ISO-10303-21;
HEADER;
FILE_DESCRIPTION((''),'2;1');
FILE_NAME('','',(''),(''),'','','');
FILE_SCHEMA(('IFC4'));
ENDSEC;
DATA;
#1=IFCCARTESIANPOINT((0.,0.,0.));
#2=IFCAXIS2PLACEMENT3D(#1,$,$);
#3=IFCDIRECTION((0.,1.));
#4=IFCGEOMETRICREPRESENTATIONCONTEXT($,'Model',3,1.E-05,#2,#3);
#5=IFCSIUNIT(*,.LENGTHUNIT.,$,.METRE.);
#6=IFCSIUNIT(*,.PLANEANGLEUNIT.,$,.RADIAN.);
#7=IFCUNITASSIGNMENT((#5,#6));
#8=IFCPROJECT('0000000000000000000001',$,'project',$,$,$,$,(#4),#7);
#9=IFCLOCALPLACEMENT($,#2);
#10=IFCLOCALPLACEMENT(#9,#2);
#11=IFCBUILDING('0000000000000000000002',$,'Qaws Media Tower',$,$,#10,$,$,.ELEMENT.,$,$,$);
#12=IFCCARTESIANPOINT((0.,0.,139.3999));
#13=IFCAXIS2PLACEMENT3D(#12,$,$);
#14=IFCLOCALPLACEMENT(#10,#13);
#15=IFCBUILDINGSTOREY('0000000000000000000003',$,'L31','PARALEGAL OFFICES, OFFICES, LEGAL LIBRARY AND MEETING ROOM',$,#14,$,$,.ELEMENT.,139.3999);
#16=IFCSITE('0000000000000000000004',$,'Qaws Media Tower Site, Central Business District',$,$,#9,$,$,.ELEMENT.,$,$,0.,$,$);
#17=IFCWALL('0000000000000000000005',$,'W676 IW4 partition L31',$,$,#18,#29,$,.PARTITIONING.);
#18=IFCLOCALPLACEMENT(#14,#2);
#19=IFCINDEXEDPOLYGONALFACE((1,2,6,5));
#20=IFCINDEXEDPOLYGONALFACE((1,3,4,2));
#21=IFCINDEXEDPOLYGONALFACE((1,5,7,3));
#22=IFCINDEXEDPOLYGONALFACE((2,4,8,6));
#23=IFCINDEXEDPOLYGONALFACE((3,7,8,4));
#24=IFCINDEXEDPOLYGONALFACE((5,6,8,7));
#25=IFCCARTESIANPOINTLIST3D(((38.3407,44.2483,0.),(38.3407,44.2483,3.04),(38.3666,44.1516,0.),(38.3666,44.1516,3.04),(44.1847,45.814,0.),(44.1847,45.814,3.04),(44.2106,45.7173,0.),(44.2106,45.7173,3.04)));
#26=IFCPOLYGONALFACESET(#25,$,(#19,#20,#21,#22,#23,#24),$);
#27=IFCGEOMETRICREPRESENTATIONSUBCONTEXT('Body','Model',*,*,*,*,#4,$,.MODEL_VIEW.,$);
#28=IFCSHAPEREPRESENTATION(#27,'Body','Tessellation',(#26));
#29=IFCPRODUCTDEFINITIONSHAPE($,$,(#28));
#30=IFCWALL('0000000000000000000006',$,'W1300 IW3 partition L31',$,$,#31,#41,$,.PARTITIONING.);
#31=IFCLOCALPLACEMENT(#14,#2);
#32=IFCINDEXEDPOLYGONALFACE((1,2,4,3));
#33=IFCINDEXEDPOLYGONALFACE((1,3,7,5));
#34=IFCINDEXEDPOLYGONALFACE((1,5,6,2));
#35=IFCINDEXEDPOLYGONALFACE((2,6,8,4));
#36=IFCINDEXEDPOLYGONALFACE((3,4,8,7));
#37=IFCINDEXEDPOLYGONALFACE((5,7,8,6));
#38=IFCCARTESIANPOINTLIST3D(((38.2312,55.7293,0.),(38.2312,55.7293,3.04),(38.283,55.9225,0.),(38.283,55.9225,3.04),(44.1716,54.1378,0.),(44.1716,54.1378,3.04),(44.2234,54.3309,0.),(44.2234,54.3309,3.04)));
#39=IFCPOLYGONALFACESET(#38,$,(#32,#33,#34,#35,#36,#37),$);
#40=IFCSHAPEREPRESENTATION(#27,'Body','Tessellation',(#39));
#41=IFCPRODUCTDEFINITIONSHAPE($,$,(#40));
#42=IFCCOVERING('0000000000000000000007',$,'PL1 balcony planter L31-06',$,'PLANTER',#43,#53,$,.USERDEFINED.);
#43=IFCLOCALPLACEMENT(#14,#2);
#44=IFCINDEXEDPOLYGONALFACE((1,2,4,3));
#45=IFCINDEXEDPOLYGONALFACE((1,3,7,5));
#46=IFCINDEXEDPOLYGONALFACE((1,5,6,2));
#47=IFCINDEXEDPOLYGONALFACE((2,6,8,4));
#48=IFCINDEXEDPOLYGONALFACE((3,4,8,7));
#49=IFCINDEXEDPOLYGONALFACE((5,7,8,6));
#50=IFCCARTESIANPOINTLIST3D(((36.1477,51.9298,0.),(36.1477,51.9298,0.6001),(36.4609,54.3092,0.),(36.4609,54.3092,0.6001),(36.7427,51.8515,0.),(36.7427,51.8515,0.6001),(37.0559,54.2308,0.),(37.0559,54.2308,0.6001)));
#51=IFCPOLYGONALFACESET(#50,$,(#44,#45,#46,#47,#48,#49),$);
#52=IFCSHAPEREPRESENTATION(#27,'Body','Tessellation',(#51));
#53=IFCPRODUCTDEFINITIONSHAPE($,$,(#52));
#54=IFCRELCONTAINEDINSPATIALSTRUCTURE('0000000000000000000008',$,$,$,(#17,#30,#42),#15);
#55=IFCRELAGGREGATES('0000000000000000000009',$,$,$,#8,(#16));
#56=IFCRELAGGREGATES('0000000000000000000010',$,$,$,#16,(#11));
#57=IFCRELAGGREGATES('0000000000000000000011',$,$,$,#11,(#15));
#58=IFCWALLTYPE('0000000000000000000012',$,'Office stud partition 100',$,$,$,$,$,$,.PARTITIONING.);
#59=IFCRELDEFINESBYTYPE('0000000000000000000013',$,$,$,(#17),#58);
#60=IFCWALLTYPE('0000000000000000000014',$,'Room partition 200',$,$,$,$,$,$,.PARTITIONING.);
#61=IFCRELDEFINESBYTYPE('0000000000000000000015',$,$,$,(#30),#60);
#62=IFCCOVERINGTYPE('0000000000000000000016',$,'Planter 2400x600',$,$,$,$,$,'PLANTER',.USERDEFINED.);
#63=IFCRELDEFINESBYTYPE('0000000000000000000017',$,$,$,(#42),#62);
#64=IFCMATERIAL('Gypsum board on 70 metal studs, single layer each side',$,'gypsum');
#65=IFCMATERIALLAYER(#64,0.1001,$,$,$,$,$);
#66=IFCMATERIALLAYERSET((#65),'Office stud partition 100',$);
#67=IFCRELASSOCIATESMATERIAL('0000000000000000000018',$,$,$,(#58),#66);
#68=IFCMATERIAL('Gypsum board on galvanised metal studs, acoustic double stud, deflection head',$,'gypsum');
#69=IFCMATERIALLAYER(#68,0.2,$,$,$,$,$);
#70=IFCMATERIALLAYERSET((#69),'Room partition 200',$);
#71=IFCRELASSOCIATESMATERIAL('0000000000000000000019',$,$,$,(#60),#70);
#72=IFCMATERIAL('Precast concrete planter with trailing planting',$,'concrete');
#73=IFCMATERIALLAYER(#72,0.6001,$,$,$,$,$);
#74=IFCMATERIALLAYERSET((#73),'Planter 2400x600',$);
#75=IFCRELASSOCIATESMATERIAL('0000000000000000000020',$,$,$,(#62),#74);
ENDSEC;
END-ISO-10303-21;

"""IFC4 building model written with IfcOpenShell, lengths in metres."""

from ifc_helpers import new_model, si_unit, direction, frame, frame_2d, origin, origin_2d, place, context, subcontext, project, spatial, rectangle, extrude, material, layer, layer_set, type_object, element, save


model = new_model("IFC4")

# Units and contexts
model_context = context("Model", 3, precision=1e-05, world=origin(), true_north=direction((0.0, 1.0)))
body_context = subcontext(model_context, "Body", "Model", "MODEL_VIEW")
ifc_project = project(units=[si_unit("LENGTHUNIT", "METRE"), si_unit("PLANEANGLEUNIT", "RADIAN")], contexts=[model_context])

# Site, building, storey
site_placement = place(None, origin())
site = spatial("IfcSite", under=ifc_project, at=site_placement, Name="Qaws Media Tower Site, Central Business District", CompositionType="ELEMENT", RefElevation=0.0)
building_placement = place(site_placement, origin())
building = spatial("IfcBuilding", under=site, at=building_placement, Name="Qaws Media Tower", CompositionType="ELEMENT")
storey_placement = place(building_placement, frame((0.0, 0.0, 139.3999)))
storey = spatial("IfcBuildingStorey", under=building, at=storey_placement, Name="L31", Description="PARALEGAL OFFICES, OFFICES, LEGAL LIBRARY AND MEETING ROOM", CompositionType="ELEMENT", Elevation=139.3999)

# Walls
ifc_material_1 = material(Name="Gypsum board on 70 metal studs, single layer each side", Category="gypsum")
ifc_layer_1 = layer(ifc_material_1, 0.1001)
ifc_layer_set_1 = layer_set([ifc_layer_1], Name="Office stud partition 100")
wall_type_1 = type_object("IfcWallType", Name="Office stud partition 100", PredefinedType="PARTITIONING", material=ifc_layer_set_1)
wall_1_placement = place(storey_placement, frame((44.1975, 45.7656, 0.0), z_axis=(0.0, 0.0, 1.0), x_axis=(-0.965935, -0.258785, 0.0)))
element("IfcWall", 1, at=wall_1_placement, inside=storey, type_object=wall_type_1, Name="W676 IW4 partition L31", PredefinedType="PARTITIONING", context=body_context, shape_type="SweptSolid", body=[
    extrude(rectangle(XDim=6.05, YDim=0.1001, at=frame_2d((3.0249, 0.0))), origin(), (0.0, 0.0, 1.0), 3.04),
])
ifc_material_2 = material(Name="Gypsum board on galvanised metal studs, acoustic double stud, deflection head", Category="gypsum")
ifc_layer_2 = layer(ifc_material_2, 0.2)
ifc_layer_set_2 = layer_set([ifc_layer_2], Name="Room partition 200")
wall_type_2 = type_object("IfcWallType", Name="Room partition 200", PredefinedType="PARTITIONING", material=ifc_layer_set_2)
wall_2_placement = place(storey_placement, frame((44.1975, 54.2344, 0.0), z_axis=(0.0, 0.0, 1.0), x_axis=(-0.965933, 0.258792, 0.0)))
element("IfcWall", 2, at=wall_2_placement, inside=storey, type_object=wall_type_2, Name="W1300 IW3 partition L31", PredefinedType="PARTITIONING", context=body_context, shape_type="SweptSolid", body=[
    extrude(rectangle(XDim=6.1499, YDim=0.2, at=frame_2d((3.075, 0.0))), origin(), (0.0, 0.0, 1.0), 3.04),
])

# Covering
ifc_material_3 = material(Name="Precast concrete planter with trailing planting", Category="concrete")
ifc_layer_3 = layer(ifc_material_3, 0.6001)
ifc_layer_set_3 = layer_set([ifc_layer_3], Name="Planter 2400x600")
covering_type = type_object("IfcCoveringType", Name="Planter 2400x600", ElementType="PLANTER", PredefinedType="USERDEFINED", material=ifc_layer_set_3)
covering_placement = place(storey_placement, frame((36.6018, 53.0803, 0.0), z_axis=(0.0, 0.0, 1.0), x_axis=(-0.130526, -0.991445, 0.0)))
element("IfcCovering", 3, at=covering_placement, inside=storey, type_object=covering_type, Name="PL1 balcony planter L31-06", ObjectType="PLANTER", PredefinedType="USERDEFINED", context=body_context, shape_type="SweptSolid", body=[
    extrude(rectangle(XDim=2.3999, YDim=0.6001, at=origin_2d()), origin(), (0.0, 0.0, 1.0), 0.6001),
])

save(model, "model.ifc")
